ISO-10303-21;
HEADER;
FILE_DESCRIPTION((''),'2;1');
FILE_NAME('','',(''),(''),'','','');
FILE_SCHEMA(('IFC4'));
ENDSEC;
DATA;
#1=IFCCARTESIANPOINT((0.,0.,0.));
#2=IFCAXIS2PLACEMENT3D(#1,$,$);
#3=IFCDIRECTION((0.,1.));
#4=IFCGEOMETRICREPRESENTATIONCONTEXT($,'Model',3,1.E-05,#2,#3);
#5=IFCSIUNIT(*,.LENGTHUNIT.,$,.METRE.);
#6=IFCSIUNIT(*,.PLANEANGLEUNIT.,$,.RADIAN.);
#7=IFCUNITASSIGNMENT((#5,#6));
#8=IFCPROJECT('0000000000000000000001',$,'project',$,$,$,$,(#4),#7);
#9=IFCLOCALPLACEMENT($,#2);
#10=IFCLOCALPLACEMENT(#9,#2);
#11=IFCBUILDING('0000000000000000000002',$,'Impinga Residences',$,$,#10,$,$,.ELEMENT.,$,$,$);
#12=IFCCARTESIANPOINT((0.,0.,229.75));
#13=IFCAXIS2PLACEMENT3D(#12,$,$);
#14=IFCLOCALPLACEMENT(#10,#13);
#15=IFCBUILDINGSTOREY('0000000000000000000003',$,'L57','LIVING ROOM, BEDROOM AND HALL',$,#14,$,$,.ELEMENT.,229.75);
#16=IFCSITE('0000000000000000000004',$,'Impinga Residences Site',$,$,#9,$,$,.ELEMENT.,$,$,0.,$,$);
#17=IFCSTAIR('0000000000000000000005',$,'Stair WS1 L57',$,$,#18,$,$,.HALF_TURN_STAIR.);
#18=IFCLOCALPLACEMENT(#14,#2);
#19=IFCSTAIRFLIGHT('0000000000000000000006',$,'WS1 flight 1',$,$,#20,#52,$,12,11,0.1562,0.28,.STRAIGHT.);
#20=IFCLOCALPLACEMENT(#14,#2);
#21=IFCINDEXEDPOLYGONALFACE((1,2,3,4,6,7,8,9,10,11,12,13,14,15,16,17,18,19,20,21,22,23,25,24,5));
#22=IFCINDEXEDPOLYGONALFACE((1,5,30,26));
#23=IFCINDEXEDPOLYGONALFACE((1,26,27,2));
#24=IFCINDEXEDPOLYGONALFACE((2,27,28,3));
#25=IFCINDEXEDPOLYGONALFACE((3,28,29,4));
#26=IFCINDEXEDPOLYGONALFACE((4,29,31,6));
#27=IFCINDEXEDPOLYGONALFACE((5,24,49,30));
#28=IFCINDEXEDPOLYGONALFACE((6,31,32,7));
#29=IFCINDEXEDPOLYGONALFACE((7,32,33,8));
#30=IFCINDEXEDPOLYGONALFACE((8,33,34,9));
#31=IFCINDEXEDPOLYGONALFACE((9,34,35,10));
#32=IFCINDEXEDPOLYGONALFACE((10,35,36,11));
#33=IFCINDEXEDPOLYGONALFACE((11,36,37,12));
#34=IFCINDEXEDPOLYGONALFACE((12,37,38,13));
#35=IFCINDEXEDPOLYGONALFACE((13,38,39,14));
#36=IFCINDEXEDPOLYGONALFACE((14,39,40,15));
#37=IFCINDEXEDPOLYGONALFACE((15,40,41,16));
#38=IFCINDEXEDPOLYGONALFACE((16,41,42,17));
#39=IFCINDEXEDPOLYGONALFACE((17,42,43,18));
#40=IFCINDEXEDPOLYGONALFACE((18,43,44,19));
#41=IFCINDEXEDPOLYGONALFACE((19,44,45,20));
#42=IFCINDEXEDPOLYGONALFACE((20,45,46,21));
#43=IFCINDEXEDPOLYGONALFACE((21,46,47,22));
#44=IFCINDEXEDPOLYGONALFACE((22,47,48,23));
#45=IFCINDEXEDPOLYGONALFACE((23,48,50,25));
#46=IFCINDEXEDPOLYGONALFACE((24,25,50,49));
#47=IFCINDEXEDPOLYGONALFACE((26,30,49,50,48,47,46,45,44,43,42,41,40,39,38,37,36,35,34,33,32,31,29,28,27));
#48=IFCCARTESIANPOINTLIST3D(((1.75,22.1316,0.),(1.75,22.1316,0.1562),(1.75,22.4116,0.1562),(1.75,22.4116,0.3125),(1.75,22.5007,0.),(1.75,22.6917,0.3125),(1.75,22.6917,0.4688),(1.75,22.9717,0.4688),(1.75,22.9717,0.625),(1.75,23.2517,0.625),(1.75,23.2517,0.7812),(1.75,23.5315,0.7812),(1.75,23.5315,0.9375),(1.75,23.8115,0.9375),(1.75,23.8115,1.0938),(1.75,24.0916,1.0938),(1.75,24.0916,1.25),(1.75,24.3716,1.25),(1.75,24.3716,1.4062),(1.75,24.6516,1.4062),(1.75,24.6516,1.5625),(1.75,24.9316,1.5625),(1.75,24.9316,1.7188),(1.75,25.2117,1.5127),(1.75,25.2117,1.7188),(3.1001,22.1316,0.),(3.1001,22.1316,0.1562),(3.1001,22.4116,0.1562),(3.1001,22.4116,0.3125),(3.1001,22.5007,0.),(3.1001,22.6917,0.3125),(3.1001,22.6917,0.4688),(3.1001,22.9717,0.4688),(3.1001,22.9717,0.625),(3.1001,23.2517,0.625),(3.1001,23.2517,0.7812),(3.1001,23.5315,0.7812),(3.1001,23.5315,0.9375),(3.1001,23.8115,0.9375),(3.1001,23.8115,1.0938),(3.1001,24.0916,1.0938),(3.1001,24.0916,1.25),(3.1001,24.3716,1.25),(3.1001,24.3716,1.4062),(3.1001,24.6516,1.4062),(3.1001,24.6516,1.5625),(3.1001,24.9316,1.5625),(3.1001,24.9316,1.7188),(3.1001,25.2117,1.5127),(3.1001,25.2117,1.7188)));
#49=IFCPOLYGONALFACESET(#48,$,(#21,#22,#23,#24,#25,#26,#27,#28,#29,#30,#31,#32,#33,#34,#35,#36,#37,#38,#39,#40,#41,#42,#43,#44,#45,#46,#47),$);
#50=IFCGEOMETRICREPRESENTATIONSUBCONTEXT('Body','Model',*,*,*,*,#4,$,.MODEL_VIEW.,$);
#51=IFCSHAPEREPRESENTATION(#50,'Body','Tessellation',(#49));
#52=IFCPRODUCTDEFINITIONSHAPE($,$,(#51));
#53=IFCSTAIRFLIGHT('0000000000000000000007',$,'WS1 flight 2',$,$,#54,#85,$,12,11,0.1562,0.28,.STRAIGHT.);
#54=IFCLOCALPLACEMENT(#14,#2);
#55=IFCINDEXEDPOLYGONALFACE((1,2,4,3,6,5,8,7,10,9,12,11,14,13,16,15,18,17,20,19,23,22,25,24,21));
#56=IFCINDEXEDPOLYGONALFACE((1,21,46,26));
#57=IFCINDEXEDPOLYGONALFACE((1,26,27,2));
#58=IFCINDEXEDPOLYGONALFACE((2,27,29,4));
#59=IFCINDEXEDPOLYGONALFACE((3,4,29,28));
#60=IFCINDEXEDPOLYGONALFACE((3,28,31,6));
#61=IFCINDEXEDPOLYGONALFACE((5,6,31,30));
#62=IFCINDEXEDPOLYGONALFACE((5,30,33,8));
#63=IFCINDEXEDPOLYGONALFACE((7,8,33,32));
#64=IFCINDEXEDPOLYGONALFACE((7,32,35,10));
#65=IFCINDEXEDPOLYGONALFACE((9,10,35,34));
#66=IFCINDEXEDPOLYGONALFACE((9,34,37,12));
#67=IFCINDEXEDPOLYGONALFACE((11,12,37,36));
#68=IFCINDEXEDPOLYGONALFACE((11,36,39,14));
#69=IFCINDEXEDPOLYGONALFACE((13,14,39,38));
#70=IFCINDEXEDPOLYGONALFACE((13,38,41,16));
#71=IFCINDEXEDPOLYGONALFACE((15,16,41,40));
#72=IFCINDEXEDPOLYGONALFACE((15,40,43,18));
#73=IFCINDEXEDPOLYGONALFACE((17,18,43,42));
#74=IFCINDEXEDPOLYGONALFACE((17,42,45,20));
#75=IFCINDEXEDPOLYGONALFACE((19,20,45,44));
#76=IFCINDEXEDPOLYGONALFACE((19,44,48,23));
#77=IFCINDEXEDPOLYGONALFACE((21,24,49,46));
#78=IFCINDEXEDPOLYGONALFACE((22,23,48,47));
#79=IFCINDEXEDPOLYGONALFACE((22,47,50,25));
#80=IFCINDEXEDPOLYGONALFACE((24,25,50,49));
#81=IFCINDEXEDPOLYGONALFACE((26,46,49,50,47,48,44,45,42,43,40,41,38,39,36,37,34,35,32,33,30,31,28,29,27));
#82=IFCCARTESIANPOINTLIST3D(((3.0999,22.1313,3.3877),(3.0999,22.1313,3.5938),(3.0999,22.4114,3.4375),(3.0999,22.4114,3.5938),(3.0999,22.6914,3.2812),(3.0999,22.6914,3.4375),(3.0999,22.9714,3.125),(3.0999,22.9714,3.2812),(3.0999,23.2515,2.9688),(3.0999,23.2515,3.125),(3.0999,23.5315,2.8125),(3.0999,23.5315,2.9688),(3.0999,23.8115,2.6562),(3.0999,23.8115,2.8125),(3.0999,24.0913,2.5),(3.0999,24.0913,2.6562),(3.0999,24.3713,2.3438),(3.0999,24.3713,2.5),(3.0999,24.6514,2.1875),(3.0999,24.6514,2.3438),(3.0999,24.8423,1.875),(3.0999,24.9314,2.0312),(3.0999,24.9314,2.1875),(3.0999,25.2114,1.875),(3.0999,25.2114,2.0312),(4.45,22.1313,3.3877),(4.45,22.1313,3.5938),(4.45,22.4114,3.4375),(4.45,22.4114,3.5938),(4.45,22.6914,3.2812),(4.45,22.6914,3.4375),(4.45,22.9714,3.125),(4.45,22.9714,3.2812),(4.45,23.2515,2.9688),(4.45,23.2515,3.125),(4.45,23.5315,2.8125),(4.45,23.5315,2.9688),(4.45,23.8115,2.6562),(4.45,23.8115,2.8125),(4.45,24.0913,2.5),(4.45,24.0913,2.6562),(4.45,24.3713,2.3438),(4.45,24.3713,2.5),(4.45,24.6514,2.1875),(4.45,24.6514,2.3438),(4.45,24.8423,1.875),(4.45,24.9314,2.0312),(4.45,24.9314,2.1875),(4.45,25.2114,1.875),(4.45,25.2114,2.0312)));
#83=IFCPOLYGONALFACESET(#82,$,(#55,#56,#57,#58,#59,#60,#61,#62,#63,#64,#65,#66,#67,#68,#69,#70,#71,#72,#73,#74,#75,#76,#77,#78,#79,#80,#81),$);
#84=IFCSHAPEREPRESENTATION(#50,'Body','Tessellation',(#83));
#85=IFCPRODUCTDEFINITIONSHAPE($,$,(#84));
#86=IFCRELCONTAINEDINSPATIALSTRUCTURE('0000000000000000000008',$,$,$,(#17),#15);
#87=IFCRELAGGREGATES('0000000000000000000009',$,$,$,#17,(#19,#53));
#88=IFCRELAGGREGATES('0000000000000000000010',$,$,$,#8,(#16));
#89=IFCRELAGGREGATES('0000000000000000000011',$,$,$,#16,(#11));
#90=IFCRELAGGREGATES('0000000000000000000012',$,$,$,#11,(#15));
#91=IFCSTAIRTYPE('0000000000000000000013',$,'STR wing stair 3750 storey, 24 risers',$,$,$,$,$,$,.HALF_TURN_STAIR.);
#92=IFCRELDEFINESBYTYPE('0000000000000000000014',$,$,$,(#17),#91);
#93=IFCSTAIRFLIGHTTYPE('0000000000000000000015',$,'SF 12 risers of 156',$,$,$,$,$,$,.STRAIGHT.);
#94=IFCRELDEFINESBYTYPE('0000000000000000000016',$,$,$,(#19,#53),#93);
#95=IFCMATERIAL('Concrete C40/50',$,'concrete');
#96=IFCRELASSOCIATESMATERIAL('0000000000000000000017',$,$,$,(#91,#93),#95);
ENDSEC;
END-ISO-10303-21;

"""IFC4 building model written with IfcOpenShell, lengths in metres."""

from ifc_helpers import new_model, si_unit, direction, frame, origin, place, context, subcontext, project, spatial, polyline, outline, extrude, material, type_object, element, aggregate, save


model = new_model("IFC4")

# Units and contexts
model_context = context("Model", 3, precision=1e-05, world=origin(), true_north=direction((0.0, 1.0)))
body_context = subcontext(model_context, "Body", "Model", "MODEL_VIEW")
ifc_project = project(units=[si_unit("LENGTHUNIT", "METRE"), si_unit("PLANEANGLEUNIT", "RADIAN")], contexts=[model_context])

# Site, building, storey
site_placement = place(None, origin())
site = spatial("IfcSite", under=ifc_project, at=site_placement, Name="Impinga Residences Site", CompositionType="ELEMENT", RefElevation=0.0)
building_placement = place(site_placement, origin())
building = spatial("IfcBuilding", under=site, at=building_placement, Name="Impinga Residences", CompositionType="ELEMENT")
storey_placement = place(building_placement, frame((0.0, 0.0, 229.75)))
storey = spatial("IfcBuildingStorey", under=building, at=storey_placement, Name="L57", Description="LIVING ROOM, BEDROOM AND HALL", CompositionType="ELEMENT", Elevation=229.75)

# Stair, stair flights
ifc_material_1 = material(Name="Concrete C40/50", Category="concrete")
stair_type = type_object("IfcStairType", Name="STR wing stair 3750 storey, 24 risers", PredefinedType="HALF_TURN_STAIR", material=ifc_material_1)
stair_placement = place(storey_placement, origin())
stair = element("IfcStair", 1, at=stair_placement, inside=storey, type_object=stair_type, Name="Stair WS1 L57", PredefinedType="HALF_TURN_STAIR")
stair_flight_type = type_object("IfcStairFlightType", Name="SF 12 risers of 156", PredefinedType="STRAIGHT", material=ifc_material_1)
stair_flight_1_placement = place(storey_placement, frame((2.425, 22.1316, 0.0), z_axis=(0.0, 0.0, 1.0), x_axis=(0.0, 1.0, 0.0)))
stair_flight_1 = element("IfcStairFlight", 2, at=stair_flight_1_placement, type_object=stair_flight_type, Name="WS1 flight 1", NumberOfRisers=12, NumberOfTreads=11, PredefinedType="STRAIGHT", RiserHeight=0.1562, TreadLength=0.28, context=body_context, shape_type="SweptSolid", body=[
    extrude(outline(polyline([(0.0, 0.0), (0.0, 0.1562), (0.28, 0.1562), (0.28, 0.3125), (0.5601, 0.3125), (0.5601, 0.4688), (0.8401, 0.4688), (0.8401, 0.625), (1.1201, 0.625), (1.1201, 0.7812), (1.3999, 0.7812), (1.3999, 0.9375), (1.6799, 0.9375), (1.6799, 1.0938), (1.96, 1.0938), (1.96, 1.25), (2.24, 1.25), (2.24, 1.4062), (2.52, 1.4062), (2.52, 1.5625), (2.8, 1.5625), (2.8, 1.7188), (3.0801, 1.7188), (3.0801, 1.875), (3.0801, 1.5127), (0.3691, 0.0), (0.0, 0.0)])), frame((0.0, 0.675, 0.0), z_axis=(0.0, -1.0, 0.0), x_axis=(1.0, 0.0, 0.0)), (0.0, 0.0, 1.0), 1.3501),
])
stair_flight_2_placement = place(storey_placement, frame((3.7749, 25.2114, 1.875), z_axis=(0.0, 0.0, 1.0), x_axis=(0.0, -1.0, 0.0)))
stair_flight_2 = element("IfcStairFlight", 3, at=stair_flight_2_placement, type_object=stair_flight_type, Name="WS1 flight 2", NumberOfRisers=12, NumberOfTreads=11, PredefinedType="STRAIGHT", RiserHeight=0.1562, TreadLength=0.28, context=body_context, shape_type="SweptSolid", body=[
    extrude(outline(polyline([(0.0, 0.0), (0.0, 0.1562), (0.28, 0.1562), (0.28, 0.3125), (0.5601, 0.3125), (0.5601, 0.4688), (0.8401, 0.4688), (0.8401, 0.625), (1.1201, 0.625), (1.1201, 0.7812), (1.3999, 0.7812), (1.3999, 0.9375), (1.6799, 0.9375), (1.6799, 1.0938), (1.96, 1.0938), (1.96, 1.25), (2.24, 1.25), (2.24, 1.4062), (2.52, 1.4062), (2.52, 1.5625), (2.8, 1.5625), (2.8, 1.7188), (3.0801, 1.7188), (3.0801, 1.875), (3.0801, 1.5127), (0.3691, 0.0), (0.0, 0.0)])), frame((0.0, 0.675, 0.0), z_axis=(0.0, -1.0, 0.0), x_axis=(1.0, 0.0, 0.0)), (0.0, 0.0, 1.0), 1.3501),
])
aggregate(stair, [stair_flight_1, stair_flight_2])

save(model, "model.ifc")
